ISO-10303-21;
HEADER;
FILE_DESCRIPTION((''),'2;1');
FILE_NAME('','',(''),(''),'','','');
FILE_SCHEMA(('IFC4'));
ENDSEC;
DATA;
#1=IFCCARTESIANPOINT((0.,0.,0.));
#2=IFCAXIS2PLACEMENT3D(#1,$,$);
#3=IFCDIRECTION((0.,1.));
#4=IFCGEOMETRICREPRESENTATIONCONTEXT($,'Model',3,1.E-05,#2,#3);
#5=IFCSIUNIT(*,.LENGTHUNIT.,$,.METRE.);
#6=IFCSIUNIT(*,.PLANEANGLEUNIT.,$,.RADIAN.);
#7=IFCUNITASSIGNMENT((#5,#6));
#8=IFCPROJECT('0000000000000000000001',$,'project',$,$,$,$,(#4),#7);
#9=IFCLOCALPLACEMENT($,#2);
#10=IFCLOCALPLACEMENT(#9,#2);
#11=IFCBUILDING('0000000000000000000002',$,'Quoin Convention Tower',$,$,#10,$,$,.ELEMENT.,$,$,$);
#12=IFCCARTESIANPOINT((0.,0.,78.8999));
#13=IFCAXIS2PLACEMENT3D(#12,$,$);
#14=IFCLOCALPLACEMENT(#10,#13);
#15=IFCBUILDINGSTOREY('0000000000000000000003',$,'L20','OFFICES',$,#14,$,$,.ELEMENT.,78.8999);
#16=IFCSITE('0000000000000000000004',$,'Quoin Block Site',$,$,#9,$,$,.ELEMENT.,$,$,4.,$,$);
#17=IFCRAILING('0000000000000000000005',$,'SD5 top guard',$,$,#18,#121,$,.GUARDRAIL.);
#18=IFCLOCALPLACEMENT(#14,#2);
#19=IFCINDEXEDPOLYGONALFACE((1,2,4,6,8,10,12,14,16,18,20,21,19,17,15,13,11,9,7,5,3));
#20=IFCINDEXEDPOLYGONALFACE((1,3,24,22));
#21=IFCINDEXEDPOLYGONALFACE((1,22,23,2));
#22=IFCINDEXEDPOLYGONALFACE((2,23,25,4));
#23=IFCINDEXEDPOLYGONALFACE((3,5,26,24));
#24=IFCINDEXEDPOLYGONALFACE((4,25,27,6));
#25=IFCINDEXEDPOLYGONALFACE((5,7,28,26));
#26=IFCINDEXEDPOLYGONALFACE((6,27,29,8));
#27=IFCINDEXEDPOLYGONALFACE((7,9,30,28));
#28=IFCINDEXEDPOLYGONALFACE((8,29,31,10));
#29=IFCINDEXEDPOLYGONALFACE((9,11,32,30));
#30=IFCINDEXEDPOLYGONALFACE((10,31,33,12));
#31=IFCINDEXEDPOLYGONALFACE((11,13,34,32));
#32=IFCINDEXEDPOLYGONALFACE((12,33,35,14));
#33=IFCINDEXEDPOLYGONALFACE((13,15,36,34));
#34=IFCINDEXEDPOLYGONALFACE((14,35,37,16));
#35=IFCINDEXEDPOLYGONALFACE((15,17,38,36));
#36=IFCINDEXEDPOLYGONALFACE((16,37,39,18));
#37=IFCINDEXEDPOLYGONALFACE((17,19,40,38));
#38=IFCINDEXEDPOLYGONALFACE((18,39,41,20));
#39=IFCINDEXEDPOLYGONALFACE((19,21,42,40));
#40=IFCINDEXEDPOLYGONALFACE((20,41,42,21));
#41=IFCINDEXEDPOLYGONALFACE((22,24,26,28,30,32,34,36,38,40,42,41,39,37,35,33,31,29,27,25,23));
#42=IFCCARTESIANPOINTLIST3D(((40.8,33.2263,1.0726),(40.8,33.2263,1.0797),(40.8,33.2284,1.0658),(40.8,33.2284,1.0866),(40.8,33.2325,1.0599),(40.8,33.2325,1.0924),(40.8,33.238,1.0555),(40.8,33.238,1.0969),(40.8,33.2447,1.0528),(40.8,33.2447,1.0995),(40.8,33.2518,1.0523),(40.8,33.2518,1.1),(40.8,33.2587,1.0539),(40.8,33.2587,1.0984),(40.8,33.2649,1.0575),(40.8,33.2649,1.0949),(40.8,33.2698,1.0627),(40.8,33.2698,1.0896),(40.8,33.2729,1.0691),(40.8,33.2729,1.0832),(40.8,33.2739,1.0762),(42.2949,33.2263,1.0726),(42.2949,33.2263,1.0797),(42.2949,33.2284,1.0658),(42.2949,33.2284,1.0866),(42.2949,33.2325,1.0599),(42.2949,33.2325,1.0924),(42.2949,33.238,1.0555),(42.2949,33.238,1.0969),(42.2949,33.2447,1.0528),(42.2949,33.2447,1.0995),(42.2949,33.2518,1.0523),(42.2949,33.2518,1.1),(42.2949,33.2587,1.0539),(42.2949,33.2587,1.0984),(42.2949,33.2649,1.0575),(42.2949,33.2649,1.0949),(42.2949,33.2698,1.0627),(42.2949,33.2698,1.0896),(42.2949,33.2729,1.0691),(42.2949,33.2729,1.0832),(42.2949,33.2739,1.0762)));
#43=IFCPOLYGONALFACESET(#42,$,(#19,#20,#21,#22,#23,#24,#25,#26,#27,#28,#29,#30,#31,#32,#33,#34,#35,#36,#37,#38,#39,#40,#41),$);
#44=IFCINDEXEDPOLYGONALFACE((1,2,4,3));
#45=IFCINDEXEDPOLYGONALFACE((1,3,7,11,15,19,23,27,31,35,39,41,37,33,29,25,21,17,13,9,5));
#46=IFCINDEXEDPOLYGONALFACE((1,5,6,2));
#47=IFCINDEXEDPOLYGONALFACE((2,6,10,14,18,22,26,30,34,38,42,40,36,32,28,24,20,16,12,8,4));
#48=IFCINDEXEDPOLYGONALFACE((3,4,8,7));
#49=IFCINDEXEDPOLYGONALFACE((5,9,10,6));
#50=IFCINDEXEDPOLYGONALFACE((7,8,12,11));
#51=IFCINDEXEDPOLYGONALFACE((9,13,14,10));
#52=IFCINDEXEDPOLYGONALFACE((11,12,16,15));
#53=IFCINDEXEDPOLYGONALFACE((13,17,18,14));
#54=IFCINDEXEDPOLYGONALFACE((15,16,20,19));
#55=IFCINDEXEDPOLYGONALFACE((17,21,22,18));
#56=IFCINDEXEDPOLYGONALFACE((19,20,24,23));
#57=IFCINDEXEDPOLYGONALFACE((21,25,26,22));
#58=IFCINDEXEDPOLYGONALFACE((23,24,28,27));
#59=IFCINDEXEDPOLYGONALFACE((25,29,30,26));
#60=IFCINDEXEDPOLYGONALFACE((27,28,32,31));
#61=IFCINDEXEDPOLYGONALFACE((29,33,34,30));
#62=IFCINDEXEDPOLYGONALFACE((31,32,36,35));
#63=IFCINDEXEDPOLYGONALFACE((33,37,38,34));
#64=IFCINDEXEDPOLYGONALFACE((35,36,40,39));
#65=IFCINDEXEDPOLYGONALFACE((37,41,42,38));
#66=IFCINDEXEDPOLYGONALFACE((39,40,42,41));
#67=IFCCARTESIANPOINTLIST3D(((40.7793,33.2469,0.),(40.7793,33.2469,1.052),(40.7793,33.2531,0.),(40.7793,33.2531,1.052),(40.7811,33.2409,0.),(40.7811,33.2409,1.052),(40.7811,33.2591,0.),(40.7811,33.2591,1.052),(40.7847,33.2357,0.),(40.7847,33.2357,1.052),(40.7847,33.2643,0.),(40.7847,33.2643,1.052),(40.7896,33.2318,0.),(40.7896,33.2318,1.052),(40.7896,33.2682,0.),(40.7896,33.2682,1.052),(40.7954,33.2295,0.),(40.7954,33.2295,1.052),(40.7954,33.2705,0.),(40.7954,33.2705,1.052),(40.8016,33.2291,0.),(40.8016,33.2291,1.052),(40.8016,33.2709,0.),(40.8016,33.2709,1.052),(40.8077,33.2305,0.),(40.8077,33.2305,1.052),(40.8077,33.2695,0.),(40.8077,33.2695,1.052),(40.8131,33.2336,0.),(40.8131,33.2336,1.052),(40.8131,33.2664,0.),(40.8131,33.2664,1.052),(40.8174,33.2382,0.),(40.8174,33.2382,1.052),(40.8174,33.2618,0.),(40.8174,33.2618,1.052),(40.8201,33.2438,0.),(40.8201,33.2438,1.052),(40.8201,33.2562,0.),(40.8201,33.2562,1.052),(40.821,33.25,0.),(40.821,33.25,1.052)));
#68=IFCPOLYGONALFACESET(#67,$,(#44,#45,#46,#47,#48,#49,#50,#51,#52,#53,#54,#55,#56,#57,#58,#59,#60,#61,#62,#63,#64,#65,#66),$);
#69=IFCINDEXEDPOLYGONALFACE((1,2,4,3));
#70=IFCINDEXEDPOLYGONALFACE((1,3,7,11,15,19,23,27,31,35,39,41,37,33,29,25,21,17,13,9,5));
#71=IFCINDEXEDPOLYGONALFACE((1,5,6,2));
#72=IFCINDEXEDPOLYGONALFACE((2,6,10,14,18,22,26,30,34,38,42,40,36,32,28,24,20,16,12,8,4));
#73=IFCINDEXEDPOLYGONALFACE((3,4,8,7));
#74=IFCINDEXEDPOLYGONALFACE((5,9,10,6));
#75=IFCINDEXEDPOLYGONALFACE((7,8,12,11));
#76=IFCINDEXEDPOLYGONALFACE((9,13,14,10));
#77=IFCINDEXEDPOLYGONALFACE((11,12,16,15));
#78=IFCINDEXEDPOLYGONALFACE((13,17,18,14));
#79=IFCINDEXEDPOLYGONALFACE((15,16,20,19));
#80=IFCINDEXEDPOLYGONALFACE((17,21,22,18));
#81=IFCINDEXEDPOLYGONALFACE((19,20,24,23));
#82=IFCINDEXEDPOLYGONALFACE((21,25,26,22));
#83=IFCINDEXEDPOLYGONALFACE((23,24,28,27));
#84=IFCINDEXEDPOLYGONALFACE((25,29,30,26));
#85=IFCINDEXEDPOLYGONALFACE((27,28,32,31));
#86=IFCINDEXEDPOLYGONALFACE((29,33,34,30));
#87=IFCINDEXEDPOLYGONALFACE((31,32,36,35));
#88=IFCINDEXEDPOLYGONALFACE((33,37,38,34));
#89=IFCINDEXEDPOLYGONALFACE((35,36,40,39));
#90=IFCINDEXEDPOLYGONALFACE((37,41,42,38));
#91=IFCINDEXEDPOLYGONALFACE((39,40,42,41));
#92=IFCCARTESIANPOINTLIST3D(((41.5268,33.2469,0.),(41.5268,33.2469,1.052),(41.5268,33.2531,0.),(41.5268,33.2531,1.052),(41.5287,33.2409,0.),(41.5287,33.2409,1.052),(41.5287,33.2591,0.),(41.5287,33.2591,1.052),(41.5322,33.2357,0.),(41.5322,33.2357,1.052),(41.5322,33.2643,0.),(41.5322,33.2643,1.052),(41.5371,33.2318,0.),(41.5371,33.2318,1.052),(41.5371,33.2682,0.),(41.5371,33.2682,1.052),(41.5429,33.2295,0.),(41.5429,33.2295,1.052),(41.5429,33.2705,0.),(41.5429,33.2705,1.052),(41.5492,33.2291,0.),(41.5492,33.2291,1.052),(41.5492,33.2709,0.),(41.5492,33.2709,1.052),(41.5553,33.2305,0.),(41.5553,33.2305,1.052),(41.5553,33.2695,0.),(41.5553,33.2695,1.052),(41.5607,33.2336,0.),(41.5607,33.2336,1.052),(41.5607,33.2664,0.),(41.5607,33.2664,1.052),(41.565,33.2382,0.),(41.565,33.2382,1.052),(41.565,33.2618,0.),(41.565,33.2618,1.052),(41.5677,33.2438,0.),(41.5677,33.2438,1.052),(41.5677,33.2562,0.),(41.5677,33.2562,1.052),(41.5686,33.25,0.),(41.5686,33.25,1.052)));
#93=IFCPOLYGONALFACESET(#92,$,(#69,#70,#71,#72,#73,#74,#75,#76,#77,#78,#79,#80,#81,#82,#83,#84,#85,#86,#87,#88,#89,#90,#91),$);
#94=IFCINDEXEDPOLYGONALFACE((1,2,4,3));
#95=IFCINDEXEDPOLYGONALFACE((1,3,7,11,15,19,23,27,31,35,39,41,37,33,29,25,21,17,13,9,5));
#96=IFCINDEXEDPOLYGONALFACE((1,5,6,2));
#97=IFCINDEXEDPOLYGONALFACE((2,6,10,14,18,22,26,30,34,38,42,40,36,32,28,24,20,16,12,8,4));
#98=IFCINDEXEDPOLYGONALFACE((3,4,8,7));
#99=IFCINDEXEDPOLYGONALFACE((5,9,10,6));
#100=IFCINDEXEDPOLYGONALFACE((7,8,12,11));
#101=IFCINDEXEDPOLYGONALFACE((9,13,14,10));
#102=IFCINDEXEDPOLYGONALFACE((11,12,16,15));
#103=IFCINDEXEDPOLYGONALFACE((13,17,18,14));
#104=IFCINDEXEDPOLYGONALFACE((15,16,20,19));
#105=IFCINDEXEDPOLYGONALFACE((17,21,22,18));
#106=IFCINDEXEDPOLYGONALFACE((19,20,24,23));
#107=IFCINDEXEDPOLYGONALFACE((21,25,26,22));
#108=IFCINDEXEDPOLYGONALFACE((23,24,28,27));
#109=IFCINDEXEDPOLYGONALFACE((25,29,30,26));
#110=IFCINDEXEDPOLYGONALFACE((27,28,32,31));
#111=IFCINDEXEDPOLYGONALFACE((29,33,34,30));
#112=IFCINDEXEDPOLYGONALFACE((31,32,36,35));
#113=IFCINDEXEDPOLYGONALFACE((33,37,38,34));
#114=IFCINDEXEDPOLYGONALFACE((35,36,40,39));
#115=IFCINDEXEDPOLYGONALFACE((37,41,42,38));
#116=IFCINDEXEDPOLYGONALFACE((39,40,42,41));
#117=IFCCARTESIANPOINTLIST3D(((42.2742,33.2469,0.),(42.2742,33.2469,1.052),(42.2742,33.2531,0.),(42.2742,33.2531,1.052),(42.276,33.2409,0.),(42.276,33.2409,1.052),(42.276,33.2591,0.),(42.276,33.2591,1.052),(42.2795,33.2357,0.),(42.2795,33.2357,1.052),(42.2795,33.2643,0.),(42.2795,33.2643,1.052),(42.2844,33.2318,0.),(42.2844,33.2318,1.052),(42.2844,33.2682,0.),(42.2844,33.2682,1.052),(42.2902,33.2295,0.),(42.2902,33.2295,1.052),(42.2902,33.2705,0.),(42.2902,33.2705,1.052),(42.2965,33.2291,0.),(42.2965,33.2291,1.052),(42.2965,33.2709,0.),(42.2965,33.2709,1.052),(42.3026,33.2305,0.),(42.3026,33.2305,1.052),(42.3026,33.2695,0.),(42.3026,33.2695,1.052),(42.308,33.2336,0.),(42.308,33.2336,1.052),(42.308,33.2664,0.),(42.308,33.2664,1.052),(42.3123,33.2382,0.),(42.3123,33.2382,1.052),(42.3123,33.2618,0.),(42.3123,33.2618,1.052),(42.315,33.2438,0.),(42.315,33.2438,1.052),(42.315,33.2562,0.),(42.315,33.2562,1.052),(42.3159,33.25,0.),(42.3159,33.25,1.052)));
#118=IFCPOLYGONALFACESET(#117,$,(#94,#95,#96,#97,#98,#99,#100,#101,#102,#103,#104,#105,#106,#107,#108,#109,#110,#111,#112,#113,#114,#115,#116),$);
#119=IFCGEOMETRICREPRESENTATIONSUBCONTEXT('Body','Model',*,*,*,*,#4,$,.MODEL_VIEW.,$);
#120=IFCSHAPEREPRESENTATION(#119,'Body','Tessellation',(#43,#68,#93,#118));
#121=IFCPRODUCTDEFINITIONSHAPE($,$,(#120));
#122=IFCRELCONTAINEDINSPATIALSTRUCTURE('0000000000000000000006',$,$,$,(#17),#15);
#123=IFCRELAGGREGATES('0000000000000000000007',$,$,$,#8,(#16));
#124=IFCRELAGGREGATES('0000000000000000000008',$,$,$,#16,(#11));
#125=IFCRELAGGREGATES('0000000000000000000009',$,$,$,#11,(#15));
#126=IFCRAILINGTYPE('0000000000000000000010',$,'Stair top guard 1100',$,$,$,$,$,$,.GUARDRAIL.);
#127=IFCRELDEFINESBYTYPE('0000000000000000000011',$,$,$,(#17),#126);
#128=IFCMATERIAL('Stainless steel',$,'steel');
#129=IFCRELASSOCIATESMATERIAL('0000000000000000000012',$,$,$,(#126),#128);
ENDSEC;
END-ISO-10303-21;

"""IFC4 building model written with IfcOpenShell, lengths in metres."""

from ifc_helpers import new_model, si_unit, direction, frame, origin, origin_2d, place, context, subcontext, project, spatial, circle, extrude, material, type_object, element, save


model = new_model("IFC4")

# Units and contexts
model_context = context("Model", 3, precision=1e-05, world=origin(), true_north=direction((0.0, 1.0)))
body_context = subcontext(model_context, "Body", "Model", "MODEL_VIEW")
ifc_project = project(units=[si_unit("LENGTHUNIT", "METRE"), si_unit("PLANEANGLEUNIT", "RADIAN")], contexts=[model_context])

# Site, building, storey
site_placement = place(None, origin())
site = spatial("IfcSite", under=ifc_project, at=site_placement, Name="Quoin Block Site", CompositionType="ELEMENT", RefElevation=4.0)
building_placement = place(site_placement, origin())
building = spatial("IfcBuilding", under=site, at=building_placement, Name="Quoin Convention Tower", CompositionType="ELEMENT")
storey_placement = place(building_placement, frame((0.0, 0.0, 78.8999)))
storey = spatial("IfcBuildingStorey", under=building, at=storey_placement, Name="L20", Description="OFFICES", CompositionType="ELEMENT", Elevation=78.8999)

# Railing
ifc_material_1 = material(Name="Stainless steel", Category="steel")
railing_type_1 = type_object("IfcRailingType", Name="Stair top guard 1100", PredefinedType="GUARDRAIL", material=ifc_material_1)
railing_1_placement = place(storey_placement, frame((40.8, 33.25, 0.0)))
element("IfcRailing", 1, at=railing_1_placement, inside=storey, type_object=railing_type_1, Name="SD5 top guard", PredefinedType="GUARDRAIL", context=body_context, shape_type="SweptSolid", body=[
    extrude(circle(Radius=0.0239, at=origin_2d()), frame((0.0, 0.0, 1.0762), z_axis=(1.0, 0.0, 0.0), x_axis=(0.0, 1.0, 0.0)), (0.0, 0.0, 1.0), 1.4949),
    extrude(circle(Radius=0.021, at=origin_2d()), origin(), (0.0, 0.0, 1.0), 1.052),
    extrude(circle(Radius=0.021, at=origin_2d()), frame((0.7476, 0.0, 0.0)), (0.0, 0.0, 1.0), 1.052),
    extrude(circle(Radius=0.021, at=origin_2d()), frame((1.4949, 0.0, 0.0)), (0.0, 0.0, 1.0), 1.052),
])

save(model, "model.ifc")
